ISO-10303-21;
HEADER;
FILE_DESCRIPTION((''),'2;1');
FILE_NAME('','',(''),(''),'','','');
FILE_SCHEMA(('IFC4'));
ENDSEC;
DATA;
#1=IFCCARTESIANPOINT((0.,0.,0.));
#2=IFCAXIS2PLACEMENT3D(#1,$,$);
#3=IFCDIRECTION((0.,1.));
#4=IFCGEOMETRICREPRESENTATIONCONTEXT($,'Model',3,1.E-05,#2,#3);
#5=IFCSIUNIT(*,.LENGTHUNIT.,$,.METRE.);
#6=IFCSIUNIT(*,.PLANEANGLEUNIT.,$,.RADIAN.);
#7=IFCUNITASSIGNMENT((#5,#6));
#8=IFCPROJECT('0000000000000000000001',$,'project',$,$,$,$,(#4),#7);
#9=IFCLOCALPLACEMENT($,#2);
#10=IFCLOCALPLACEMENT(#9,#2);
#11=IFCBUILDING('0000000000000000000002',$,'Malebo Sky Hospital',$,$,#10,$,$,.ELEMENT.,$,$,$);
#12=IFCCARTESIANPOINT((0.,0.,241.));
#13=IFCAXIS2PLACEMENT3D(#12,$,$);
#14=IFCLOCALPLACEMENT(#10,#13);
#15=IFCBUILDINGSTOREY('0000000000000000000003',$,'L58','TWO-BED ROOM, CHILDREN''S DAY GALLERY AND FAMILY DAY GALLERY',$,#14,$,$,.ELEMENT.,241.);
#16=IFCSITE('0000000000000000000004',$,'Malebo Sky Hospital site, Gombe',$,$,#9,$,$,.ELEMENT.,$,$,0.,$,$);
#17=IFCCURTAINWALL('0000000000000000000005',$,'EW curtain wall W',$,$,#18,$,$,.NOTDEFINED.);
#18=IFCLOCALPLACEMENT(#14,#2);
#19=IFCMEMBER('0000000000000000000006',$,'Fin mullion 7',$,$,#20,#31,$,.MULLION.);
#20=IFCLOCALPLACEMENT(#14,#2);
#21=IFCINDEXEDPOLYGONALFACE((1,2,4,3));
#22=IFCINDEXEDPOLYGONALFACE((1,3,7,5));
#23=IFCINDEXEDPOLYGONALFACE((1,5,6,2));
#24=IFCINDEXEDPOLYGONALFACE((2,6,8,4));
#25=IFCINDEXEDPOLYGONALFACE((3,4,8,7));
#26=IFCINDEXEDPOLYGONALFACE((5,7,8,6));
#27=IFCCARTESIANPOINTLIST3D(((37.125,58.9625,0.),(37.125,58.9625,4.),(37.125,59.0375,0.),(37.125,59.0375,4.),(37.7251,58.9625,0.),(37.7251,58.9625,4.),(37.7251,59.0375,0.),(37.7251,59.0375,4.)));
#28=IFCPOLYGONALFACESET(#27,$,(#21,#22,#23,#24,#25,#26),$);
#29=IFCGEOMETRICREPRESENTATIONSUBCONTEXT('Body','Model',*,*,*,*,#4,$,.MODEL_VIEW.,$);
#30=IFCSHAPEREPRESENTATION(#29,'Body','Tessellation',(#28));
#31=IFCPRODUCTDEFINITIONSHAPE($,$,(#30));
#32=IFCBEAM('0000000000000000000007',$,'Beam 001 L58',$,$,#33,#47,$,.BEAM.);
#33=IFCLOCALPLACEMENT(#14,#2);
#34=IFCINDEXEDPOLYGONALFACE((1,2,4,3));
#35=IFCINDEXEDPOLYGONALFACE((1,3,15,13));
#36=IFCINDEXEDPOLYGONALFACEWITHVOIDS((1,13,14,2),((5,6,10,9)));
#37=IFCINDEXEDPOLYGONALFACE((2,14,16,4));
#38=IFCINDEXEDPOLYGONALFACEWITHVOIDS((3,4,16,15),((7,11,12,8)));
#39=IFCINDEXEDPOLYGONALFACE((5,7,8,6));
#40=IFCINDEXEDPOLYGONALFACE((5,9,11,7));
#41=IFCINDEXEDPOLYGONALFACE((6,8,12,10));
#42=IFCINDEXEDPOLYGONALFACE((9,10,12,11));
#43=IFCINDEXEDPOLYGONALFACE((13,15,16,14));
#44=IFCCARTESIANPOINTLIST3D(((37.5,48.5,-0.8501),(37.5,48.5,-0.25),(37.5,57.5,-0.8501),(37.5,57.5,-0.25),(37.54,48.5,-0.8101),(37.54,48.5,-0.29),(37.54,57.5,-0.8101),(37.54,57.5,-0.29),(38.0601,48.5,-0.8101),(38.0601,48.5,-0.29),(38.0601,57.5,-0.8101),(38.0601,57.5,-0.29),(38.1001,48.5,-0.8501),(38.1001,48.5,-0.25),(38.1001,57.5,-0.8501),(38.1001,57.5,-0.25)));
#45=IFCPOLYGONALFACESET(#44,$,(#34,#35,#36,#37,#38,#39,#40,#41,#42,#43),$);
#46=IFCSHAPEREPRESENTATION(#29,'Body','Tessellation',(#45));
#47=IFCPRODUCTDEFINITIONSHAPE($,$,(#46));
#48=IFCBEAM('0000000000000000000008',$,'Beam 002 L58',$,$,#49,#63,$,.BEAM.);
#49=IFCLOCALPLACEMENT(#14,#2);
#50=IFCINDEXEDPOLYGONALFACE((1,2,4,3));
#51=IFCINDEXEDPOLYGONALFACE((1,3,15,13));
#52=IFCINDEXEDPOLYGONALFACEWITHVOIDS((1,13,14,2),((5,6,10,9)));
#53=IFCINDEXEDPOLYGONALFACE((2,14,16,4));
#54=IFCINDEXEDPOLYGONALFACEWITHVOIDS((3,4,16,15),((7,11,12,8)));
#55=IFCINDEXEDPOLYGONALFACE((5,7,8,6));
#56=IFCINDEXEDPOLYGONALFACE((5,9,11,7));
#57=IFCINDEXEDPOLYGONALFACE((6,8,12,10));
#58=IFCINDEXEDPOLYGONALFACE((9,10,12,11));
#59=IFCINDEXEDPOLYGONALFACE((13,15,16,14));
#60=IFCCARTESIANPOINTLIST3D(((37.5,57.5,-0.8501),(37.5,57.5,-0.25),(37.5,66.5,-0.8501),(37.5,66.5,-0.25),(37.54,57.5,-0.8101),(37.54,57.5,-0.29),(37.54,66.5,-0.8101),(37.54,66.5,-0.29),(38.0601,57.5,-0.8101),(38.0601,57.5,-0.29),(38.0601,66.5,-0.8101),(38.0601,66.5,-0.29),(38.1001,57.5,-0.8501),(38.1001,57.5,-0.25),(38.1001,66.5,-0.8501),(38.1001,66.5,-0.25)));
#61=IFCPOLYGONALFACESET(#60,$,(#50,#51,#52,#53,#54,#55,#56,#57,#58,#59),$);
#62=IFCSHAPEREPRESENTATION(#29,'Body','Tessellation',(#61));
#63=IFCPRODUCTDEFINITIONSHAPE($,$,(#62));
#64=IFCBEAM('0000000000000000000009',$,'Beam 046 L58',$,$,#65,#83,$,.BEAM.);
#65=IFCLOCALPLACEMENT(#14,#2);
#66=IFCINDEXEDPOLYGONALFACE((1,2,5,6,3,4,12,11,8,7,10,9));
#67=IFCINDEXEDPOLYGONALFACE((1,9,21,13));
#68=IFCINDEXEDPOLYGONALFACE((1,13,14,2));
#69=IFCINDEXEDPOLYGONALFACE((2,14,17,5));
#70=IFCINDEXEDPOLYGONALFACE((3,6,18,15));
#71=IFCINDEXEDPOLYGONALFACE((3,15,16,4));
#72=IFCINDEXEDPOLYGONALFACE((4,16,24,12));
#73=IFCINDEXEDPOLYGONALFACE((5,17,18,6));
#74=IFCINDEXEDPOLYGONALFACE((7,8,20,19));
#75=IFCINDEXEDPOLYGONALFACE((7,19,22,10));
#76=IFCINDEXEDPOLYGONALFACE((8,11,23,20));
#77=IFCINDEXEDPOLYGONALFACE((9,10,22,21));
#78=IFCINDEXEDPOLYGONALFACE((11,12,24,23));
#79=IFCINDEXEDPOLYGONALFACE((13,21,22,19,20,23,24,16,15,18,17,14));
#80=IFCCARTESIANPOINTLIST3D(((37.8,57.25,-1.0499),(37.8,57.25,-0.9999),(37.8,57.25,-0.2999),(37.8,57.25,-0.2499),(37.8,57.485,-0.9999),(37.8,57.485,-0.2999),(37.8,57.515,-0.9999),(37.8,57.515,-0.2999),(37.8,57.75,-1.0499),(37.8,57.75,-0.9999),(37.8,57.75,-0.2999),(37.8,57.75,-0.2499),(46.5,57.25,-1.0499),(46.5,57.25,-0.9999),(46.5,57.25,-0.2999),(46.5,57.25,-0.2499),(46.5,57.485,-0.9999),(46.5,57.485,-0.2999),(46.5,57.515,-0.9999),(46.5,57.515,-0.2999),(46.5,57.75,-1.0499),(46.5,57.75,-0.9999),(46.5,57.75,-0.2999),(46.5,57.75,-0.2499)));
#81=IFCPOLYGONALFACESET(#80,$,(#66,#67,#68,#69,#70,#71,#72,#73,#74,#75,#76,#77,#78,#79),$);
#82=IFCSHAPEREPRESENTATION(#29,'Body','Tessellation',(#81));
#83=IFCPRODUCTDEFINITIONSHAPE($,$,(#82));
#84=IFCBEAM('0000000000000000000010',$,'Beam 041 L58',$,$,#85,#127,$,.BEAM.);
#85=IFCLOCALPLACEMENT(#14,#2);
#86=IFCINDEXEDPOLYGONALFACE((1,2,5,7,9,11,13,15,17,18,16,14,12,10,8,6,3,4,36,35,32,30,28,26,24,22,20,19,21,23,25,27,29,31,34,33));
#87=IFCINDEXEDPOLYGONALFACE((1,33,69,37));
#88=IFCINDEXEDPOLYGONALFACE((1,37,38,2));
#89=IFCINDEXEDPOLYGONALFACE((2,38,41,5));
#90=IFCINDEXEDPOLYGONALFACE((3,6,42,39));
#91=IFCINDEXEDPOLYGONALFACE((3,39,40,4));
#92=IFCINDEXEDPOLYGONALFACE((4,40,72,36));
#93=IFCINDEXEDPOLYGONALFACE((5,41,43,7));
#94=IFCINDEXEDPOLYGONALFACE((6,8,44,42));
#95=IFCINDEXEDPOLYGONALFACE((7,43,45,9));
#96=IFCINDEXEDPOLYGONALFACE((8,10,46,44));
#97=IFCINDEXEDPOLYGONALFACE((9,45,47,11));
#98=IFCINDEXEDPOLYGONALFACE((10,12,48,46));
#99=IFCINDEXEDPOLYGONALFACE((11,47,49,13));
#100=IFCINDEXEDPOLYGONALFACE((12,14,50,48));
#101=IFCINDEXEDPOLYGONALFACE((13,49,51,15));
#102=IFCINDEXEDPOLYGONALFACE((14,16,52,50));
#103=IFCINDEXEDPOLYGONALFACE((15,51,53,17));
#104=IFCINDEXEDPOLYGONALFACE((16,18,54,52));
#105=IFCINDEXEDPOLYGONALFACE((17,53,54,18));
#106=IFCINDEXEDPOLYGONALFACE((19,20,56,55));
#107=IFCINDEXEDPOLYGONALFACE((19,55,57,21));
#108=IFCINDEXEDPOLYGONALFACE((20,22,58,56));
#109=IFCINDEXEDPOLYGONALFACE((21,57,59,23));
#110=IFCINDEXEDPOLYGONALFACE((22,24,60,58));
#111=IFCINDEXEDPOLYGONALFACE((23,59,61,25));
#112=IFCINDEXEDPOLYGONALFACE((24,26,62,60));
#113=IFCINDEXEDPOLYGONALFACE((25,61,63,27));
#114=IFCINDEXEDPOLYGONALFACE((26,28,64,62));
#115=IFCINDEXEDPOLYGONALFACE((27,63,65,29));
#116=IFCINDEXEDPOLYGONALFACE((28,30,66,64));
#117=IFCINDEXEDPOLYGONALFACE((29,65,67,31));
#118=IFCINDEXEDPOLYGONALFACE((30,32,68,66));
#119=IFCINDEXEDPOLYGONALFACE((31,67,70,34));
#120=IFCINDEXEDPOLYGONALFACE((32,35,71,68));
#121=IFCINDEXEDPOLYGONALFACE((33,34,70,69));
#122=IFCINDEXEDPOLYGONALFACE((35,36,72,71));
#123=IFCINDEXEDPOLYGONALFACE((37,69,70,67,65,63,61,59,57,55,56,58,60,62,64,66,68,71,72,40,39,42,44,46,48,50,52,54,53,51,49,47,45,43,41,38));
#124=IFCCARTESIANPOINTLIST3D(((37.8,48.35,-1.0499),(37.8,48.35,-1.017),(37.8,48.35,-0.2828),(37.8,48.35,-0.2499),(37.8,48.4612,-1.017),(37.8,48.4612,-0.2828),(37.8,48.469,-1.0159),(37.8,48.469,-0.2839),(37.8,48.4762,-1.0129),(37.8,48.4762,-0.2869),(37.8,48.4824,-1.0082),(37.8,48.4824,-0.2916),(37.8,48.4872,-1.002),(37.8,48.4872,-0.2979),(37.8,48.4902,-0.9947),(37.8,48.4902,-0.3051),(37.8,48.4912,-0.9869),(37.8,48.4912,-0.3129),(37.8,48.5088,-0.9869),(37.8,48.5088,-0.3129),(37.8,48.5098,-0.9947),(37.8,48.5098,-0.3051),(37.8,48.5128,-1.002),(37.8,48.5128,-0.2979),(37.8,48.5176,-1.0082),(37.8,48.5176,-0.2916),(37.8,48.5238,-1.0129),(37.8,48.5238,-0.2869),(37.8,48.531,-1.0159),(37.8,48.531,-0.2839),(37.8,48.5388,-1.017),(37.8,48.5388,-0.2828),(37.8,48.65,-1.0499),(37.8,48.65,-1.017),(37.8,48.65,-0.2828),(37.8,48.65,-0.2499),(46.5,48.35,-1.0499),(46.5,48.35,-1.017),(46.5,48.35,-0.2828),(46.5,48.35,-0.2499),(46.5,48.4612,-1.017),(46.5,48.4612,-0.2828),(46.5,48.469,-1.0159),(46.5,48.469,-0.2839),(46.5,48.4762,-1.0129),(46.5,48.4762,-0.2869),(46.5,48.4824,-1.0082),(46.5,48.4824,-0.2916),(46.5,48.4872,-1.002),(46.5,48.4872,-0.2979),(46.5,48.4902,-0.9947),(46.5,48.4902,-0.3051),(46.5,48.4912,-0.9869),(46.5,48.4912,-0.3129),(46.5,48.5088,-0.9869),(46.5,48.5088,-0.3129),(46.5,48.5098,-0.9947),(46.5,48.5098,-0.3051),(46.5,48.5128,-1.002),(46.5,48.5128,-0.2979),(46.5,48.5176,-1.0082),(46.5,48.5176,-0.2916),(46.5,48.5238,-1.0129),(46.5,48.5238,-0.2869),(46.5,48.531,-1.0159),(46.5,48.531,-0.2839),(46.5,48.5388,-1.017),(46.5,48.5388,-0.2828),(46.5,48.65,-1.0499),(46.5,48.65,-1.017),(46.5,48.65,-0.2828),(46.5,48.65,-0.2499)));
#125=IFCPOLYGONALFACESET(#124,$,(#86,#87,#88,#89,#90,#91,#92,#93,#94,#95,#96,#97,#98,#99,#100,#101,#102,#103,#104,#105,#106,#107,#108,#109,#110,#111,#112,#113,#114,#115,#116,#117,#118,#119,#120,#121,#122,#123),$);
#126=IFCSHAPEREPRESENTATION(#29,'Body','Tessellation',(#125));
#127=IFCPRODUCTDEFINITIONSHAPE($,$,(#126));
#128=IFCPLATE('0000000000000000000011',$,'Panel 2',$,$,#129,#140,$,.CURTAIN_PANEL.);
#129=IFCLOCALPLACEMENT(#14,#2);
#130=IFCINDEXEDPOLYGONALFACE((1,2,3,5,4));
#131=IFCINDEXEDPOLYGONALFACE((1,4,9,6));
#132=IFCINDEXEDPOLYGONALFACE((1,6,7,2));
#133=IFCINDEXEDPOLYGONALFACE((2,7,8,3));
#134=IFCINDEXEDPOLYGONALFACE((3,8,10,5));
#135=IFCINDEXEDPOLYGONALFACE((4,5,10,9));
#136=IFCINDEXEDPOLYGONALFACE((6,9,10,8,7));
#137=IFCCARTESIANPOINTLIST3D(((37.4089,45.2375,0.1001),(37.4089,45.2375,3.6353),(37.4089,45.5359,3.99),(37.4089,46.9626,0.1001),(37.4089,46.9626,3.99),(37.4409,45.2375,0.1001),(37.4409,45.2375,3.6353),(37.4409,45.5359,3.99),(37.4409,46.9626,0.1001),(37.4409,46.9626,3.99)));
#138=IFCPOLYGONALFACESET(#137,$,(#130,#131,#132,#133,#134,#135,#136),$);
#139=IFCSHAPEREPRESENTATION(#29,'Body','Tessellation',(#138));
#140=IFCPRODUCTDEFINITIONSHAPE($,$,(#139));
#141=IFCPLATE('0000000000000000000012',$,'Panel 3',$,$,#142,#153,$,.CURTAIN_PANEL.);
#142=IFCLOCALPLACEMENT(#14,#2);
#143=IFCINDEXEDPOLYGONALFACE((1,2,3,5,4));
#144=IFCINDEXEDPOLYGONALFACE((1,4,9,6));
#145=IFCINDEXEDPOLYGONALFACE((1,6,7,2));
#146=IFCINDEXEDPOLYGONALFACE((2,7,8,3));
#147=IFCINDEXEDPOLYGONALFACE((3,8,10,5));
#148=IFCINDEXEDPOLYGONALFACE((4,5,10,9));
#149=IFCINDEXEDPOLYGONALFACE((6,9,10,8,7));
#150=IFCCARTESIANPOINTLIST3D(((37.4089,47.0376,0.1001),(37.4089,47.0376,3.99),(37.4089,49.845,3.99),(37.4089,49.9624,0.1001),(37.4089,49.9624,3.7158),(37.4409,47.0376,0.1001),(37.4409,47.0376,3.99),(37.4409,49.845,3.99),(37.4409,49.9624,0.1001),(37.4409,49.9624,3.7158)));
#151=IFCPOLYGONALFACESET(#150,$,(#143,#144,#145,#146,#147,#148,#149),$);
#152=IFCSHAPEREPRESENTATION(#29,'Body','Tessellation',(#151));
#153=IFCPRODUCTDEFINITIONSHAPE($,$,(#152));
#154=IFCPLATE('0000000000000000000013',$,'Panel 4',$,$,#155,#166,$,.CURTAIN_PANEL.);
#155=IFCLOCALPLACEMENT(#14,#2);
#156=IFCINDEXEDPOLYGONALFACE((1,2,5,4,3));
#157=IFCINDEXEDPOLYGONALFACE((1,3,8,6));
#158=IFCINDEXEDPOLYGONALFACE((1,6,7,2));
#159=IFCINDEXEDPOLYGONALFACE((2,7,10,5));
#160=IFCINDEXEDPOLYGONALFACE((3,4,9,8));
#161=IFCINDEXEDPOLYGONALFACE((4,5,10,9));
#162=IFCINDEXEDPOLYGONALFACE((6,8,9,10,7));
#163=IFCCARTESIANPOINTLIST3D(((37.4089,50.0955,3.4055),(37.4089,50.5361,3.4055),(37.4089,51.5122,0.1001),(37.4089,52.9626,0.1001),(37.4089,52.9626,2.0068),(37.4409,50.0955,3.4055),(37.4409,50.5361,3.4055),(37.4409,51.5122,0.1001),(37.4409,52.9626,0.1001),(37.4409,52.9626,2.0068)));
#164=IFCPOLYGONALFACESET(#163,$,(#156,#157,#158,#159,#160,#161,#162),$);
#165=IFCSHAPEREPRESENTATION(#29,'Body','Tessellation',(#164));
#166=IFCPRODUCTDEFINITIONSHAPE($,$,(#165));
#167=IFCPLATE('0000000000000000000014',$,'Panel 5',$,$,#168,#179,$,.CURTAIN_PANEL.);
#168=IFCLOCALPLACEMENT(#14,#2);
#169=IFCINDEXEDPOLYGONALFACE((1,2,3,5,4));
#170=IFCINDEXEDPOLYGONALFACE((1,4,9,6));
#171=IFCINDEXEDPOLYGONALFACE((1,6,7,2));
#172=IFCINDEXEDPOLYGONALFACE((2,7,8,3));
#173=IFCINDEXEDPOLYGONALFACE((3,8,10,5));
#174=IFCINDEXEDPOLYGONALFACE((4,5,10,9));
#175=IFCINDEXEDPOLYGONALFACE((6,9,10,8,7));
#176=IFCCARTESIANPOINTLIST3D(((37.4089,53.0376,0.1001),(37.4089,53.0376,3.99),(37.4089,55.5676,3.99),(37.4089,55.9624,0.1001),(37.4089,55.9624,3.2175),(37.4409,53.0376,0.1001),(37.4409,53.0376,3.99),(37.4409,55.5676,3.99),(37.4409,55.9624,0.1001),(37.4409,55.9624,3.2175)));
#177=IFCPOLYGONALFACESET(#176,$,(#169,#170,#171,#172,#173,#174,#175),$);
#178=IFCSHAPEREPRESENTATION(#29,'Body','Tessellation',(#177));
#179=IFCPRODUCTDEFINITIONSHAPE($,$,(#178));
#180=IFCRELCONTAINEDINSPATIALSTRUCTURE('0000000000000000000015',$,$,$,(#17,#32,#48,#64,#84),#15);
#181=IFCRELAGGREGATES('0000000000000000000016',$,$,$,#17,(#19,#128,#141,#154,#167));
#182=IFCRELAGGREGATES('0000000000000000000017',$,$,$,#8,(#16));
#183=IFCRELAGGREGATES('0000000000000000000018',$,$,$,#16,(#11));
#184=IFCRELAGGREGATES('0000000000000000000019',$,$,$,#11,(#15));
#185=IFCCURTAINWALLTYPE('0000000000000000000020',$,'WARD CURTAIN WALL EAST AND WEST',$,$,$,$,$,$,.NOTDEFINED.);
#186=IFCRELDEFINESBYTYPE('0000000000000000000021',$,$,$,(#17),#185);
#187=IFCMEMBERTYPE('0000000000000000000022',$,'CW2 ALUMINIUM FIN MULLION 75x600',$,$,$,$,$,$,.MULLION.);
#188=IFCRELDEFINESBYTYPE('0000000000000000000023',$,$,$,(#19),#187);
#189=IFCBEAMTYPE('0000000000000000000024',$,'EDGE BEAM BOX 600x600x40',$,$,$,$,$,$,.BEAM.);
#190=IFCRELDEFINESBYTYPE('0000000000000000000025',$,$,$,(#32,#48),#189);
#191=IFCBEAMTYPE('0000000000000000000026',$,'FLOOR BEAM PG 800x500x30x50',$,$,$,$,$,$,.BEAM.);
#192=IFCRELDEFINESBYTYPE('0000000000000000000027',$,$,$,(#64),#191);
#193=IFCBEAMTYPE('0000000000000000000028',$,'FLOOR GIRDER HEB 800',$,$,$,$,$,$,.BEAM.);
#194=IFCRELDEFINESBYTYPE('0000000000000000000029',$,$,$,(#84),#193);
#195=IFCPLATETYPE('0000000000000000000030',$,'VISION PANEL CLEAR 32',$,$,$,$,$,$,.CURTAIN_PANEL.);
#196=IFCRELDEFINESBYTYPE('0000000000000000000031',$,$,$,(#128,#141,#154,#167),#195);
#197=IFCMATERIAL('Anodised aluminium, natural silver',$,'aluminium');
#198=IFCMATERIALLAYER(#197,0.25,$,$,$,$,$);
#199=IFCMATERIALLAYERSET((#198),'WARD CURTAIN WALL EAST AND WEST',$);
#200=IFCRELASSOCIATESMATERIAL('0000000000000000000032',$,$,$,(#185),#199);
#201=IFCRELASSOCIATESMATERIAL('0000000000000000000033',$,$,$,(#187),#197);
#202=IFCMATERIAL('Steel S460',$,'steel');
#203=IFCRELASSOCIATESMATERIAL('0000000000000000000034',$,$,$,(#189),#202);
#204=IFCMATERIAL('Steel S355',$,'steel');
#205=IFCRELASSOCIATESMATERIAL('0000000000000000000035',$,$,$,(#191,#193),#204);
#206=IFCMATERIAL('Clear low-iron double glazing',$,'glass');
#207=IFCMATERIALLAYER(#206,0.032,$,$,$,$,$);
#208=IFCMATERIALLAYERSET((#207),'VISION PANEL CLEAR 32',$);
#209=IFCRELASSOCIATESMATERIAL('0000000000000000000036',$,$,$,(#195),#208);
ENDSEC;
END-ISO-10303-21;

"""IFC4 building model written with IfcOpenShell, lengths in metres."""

from ifc_helpers import new_model, si_unit, direction, frame, origin, origin_2d, place, context, subcontext, project, spatial, polyline, rectangle, hollow_rectangle, i_section, outline, extrude, material, layer, layer_set, material_profile, profile_set, type_object, element, aggregate, save


model = new_model("IFC4")

# Units and contexts
model_context = context("Model", 3, precision=1e-05, world=origin(), true_north=direction((0.0, 1.0)))
body_context = subcontext(model_context, "Body", "Model", "MODEL_VIEW")
ifc_project = project(units=[si_unit("LENGTHUNIT", "METRE"), si_unit("PLANEANGLEUNIT", "RADIAN")], contexts=[model_context])

# Site, building, storey
site_placement = place(None, origin())
site = spatial("IfcSite", under=ifc_project, at=site_placement, Name="Malebo Sky Hospital site, Gombe", CompositionType="ELEMENT", RefElevation=0.0)
building_placement = place(site_placement, origin())
building = spatial("IfcBuilding", under=site, at=building_placement, Name="Malebo Sky Hospital", CompositionType="ELEMENT")
storey_placement = place(building_placement, frame((0.0, 0.0, 241.0)))
storey = spatial("IfcBuildingStorey", under=building, at=storey_placement, Name="L58", Description="TWO-BED ROOM, CHILDREN'S DAY GALLERY AND FAMILY DAY GALLERY", CompositionType="ELEMENT", Elevation=241.0)

# Shared definitions
ifc_material_1 = material(Name="Steel S460", Category="steel")

# Curtain wall
ifc_material_2 = material(Name="Anodised aluminium, natural silver", Category="aluminium")
ifc_layer_1 = layer(ifc_material_2, 0.25)
ifc_layer_set_1 = layer_set([ifc_layer_1], Name="WARD CURTAIN WALL EAST AND WEST")
curtain_wall_type = type_object("IfcCurtainWallType", Name="WARD CURTAIN WALL EAST AND WEST", PredefinedType="NOTDEFINED", material=ifc_layer_set_1)
curtain_wall_placement = place(storey_placement, origin())
curtain_wall = element("IfcCurtainWall", 1, at=curtain_wall_placement, inside=storey, type_object=curtain_wall_type, Name="EW curtain wall W", PredefinedType="NOTDEFINED")

# Member
ifc_material_3 = material(Name="Steel S355", Category="steel")
ifc_material_profile_1 = material_profile(ifc_material_2, rectangle(XDim=0.075, YDim=0.6001, at=origin_2d()), Name="CW2 ALUMINIUM FIN MULLION 75x600")
ifc_profile_set_1 = profile_set([ifc_material_profile_1], Name="Anodised aluminium, natural silver")
member_type_1 = type_object("IfcMemberType", Name="CW2 ALUMINIUM FIN MULLION 75x600", PredefinedType="MULLION", material=ifc_profile_set_1)
member_1_placement = place(storey_placement, frame((37.425, 59.0, 0.0), z_axis=(0.0, 0.0, 1.0), x_axis=(0.0, 1.0, 0.0)))
member_1 = element("IfcMember", 2, at=member_1_placement, type_object=member_type_1, Name="Fin mullion 7", PredefinedType="MULLION", context=body_context, shape_type="SweptSolid", body=[
    extrude(rectangle(XDim=0.075, YDim=0.6001, at=origin_2d()), origin(), (0.0, 0.0, 1.0), 4.0),
])

# Beams
ifc_material_profile_2 = material_profile(ifc_material_1, hollow_rectangle(XDim=0.6001, YDim=0.6001, WallThickness=0.04, at=origin_2d()), Name="BOX 600x600x40")
ifc_profile_set_2 = profile_set([ifc_material_profile_2], Name="Steel S460")
beam_type_1 = type_object("IfcBeamType", Name="EDGE BEAM BOX 600x600x40", PredefinedType="BEAM", material=ifc_profile_set_2)
for number, where, z_axis, x_axis, name in (
    (3, (37.8, 48.5, -0.55), (0.0, 1.0, 0.0), (-1.0, 0.0, 0.0), "Beam 001 L58"),
    (4, (37.8, 57.5, -0.55), (0.0, 1.0, 0.0), (-1.0, 0.0, 0.0), "Beam 002 L58"),
):
    element("IfcBeam", number, at=place(storey_placement, frame(where, z_axis=z_axis, x_axis=x_axis)), inside=storey, type_object=beam_type_1, Name=name, PredefinedType="BEAM", context=body_context, shape_type="SweptSolid", body=[
        extrude(hollow_rectangle(XDim=0.6001, YDim=0.6001, WallThickness=0.04, at=origin_2d()), origin(), (0.0, 0.0, 1.0), 9.0),
    ])
ifc_material_profile_3 = material_profile(ifc_material_3, i_section(OverallWidth=0.5, OverallDepth=0.8, WebThickness=0.03, FlangeThickness=0.05, at=origin_2d()), Name="PG 800x500x30x50")
ifc_profile_set_3 = profile_set([ifc_material_profile_3], Name="Steel S355")
beam_type_2 = type_object("IfcBeamType", Name="FLOOR BEAM PG 800x500x30x50", PredefinedType="BEAM", material=ifc_profile_set_3)
beam_1_placement = place(storey_placement, frame((37.8, 57.5, -0.6499), z_axis=(1.0, 0.0, 0.0), x_axis=(0.0, 1.0, 0.0)))
element("IfcBeam", 5, at=beam_1_placement, inside=storey, type_object=beam_type_2, Name="Beam 046 L58", PredefinedType="BEAM", context=body_context, shape_type="SweptSolid", body=[
    extrude(i_section(OverallWidth=0.5, OverallDepth=0.8, WebThickness=0.03, FlangeThickness=0.05, at=origin_2d()), origin(), (0.0, 0.0, 1.0), 8.7),
])
ifc_material_profile_4 = material_profile(ifc_material_3, i_section(OverallWidth=0.3, OverallDepth=0.8, WebThickness=0.0176, FlangeThickness=0.033, FilletRadius=0.03, at=origin_2d()), Name="HEB 800")
ifc_profile_set_4 = profile_set([ifc_material_profile_4], Name="Steel S355")
beam_type_3 = type_object("IfcBeamType", Name="FLOOR GIRDER HEB 800", PredefinedType="BEAM", material=ifc_profile_set_4)
beam_2_placement = place(storey_placement, frame((37.8, 48.5, -0.6499), z_axis=(1.0, 0.0, 0.0), x_axis=(0.0, 1.0, 0.0)))
element("IfcBeam", 6, at=beam_2_placement, inside=storey, type_object=beam_type_3, Name="Beam 041 L58", PredefinedType="BEAM", context=body_context, shape_type="SweptSolid", body=[
    extrude(i_section(OverallWidth=0.3, OverallDepth=0.8, WebThickness=0.0176, FlangeThickness=0.033, FilletRadius=0.03, at=origin_2d()), origin(), (0.0, 0.0, 1.0), 8.7),
])

# Plates
ifc_material_4 = material(Name="Clear low-iron double glazing", Category="glass")
ifc_layer_2 = layer(ifc_material_4, 0.032)
ifc_layer_set_2 = layer_set([ifc_layer_2], Name="VISION PANEL CLEAR 32")
plate_type = type_object("IfcPlateType", Name="VISION PANEL CLEAR 32", PredefinedType="CURTAIN_PANEL", material=ifc_layer_set_2)
plate_1_placement = place(storey_placement, frame((37.425, 46.1001, 0.1001), z_axis=(0.0, 0.0, 1.0), x_axis=(0.0, 1.0, 0.0)))
plate_1 = element("IfcPlate", 7, at=plate_1_placement, type_object=plate_type, Name="Panel 2", PredefinedType="CURTAIN_PANEL", context=body_context, shape_type="SweptSolid", body=[
    extrude(outline(polyline([(-0.8625, 0.0), (0.8625, 0.0), (0.8625, 3.8899), (-0.5642, 3.8899), (-0.8625, 3.5352), (-0.8625, 0.0)])), frame((0.0, 0.0161, 0.0), z_axis=(0.0, -1.0, 0.0), x_axis=(1.0, 0.0, 0.0)), (0.0, 0.0, 1.0), 0.032),
])
plate_2_placement = place(storey_placement, frame((37.425, 48.5, 0.1001), z_axis=(0.0, 0.0, 1.0), x_axis=(0.0, 1.0, 0.0)))
plate_2 = element("IfcPlate", 8, at=plate_2_placement, type_object=plate_type, Name="Panel 3", PredefinedType="CURTAIN_PANEL", context=body_context, shape_type="SweptSolid", body=[
    extrude(outline(polyline([(-1.4624, 0.0), (1.4624, 0.0), (1.4624, 3.6157), (1.345, 3.8899), (-1.4624, 3.8899), (-1.4624, 0.0)])), frame((0.0, 0.0161, 0.0), z_axis=(0.0, -1.0, 0.0), x_axis=(1.0, 0.0, 0.0)), (0.0, 0.0, 1.0), 0.032),
])
plate_3_placement = place(storey_placement, frame((37.425, 51.5291, 0.1001), z_axis=(0.0, 0.0, 1.0), x_axis=(0.0, 1.0, 0.0)))
plate_3 = element("IfcPlate", 9, at=plate_3_placement, type_object=plate_type, Name="Panel 4", PredefinedType="CURTAIN_PANEL", context=body_context, shape_type="SweptSolid", body=[
    extrude(outline(polyline([(-0.0168, 0.0), (1.4336, 0.0), (1.4336, 1.9067), (-0.9929, 3.3054), (-1.4336, 3.3054), (-0.0168, 0.0)])), frame((0.0, 0.0161, 0.0), z_axis=(0.0, -1.0, 0.0), x_axis=(1.0, 0.0, 0.0)), (0.0, 0.0, 1.0), 0.032),
])
plate_4_placement = place(storey_placement, frame((37.425, 54.5, 0.1001), z_axis=(0.0, 0.0, 1.0), x_axis=(0.0, 1.0, 0.0)))
plate_4 = element("IfcPlate", 10, at=plate_4_placement, type_object=plate_type, Name="Panel 5", PredefinedType="CURTAIN_PANEL", context=body_context, shape_type="SweptSolid", body=[
    extrude(outline(polyline([(-1.4624, 0.0), (1.4624, 0.0), (1.4624, 3.1174), (1.0676, 3.8899), (-1.4624, 3.8899), (-1.4624, 0.0)])), frame((0.0, 0.0161, 0.0), z_axis=(0.0, -1.0, 0.0), x_axis=(1.0, 0.0, 0.0)), (0.0, 0.0, 1.0), 0.032),
])
aggregate(curtain_wall, [member_1, plate_1, plate_2, plate_3, plate_4])

save(model, "model.ifc")
